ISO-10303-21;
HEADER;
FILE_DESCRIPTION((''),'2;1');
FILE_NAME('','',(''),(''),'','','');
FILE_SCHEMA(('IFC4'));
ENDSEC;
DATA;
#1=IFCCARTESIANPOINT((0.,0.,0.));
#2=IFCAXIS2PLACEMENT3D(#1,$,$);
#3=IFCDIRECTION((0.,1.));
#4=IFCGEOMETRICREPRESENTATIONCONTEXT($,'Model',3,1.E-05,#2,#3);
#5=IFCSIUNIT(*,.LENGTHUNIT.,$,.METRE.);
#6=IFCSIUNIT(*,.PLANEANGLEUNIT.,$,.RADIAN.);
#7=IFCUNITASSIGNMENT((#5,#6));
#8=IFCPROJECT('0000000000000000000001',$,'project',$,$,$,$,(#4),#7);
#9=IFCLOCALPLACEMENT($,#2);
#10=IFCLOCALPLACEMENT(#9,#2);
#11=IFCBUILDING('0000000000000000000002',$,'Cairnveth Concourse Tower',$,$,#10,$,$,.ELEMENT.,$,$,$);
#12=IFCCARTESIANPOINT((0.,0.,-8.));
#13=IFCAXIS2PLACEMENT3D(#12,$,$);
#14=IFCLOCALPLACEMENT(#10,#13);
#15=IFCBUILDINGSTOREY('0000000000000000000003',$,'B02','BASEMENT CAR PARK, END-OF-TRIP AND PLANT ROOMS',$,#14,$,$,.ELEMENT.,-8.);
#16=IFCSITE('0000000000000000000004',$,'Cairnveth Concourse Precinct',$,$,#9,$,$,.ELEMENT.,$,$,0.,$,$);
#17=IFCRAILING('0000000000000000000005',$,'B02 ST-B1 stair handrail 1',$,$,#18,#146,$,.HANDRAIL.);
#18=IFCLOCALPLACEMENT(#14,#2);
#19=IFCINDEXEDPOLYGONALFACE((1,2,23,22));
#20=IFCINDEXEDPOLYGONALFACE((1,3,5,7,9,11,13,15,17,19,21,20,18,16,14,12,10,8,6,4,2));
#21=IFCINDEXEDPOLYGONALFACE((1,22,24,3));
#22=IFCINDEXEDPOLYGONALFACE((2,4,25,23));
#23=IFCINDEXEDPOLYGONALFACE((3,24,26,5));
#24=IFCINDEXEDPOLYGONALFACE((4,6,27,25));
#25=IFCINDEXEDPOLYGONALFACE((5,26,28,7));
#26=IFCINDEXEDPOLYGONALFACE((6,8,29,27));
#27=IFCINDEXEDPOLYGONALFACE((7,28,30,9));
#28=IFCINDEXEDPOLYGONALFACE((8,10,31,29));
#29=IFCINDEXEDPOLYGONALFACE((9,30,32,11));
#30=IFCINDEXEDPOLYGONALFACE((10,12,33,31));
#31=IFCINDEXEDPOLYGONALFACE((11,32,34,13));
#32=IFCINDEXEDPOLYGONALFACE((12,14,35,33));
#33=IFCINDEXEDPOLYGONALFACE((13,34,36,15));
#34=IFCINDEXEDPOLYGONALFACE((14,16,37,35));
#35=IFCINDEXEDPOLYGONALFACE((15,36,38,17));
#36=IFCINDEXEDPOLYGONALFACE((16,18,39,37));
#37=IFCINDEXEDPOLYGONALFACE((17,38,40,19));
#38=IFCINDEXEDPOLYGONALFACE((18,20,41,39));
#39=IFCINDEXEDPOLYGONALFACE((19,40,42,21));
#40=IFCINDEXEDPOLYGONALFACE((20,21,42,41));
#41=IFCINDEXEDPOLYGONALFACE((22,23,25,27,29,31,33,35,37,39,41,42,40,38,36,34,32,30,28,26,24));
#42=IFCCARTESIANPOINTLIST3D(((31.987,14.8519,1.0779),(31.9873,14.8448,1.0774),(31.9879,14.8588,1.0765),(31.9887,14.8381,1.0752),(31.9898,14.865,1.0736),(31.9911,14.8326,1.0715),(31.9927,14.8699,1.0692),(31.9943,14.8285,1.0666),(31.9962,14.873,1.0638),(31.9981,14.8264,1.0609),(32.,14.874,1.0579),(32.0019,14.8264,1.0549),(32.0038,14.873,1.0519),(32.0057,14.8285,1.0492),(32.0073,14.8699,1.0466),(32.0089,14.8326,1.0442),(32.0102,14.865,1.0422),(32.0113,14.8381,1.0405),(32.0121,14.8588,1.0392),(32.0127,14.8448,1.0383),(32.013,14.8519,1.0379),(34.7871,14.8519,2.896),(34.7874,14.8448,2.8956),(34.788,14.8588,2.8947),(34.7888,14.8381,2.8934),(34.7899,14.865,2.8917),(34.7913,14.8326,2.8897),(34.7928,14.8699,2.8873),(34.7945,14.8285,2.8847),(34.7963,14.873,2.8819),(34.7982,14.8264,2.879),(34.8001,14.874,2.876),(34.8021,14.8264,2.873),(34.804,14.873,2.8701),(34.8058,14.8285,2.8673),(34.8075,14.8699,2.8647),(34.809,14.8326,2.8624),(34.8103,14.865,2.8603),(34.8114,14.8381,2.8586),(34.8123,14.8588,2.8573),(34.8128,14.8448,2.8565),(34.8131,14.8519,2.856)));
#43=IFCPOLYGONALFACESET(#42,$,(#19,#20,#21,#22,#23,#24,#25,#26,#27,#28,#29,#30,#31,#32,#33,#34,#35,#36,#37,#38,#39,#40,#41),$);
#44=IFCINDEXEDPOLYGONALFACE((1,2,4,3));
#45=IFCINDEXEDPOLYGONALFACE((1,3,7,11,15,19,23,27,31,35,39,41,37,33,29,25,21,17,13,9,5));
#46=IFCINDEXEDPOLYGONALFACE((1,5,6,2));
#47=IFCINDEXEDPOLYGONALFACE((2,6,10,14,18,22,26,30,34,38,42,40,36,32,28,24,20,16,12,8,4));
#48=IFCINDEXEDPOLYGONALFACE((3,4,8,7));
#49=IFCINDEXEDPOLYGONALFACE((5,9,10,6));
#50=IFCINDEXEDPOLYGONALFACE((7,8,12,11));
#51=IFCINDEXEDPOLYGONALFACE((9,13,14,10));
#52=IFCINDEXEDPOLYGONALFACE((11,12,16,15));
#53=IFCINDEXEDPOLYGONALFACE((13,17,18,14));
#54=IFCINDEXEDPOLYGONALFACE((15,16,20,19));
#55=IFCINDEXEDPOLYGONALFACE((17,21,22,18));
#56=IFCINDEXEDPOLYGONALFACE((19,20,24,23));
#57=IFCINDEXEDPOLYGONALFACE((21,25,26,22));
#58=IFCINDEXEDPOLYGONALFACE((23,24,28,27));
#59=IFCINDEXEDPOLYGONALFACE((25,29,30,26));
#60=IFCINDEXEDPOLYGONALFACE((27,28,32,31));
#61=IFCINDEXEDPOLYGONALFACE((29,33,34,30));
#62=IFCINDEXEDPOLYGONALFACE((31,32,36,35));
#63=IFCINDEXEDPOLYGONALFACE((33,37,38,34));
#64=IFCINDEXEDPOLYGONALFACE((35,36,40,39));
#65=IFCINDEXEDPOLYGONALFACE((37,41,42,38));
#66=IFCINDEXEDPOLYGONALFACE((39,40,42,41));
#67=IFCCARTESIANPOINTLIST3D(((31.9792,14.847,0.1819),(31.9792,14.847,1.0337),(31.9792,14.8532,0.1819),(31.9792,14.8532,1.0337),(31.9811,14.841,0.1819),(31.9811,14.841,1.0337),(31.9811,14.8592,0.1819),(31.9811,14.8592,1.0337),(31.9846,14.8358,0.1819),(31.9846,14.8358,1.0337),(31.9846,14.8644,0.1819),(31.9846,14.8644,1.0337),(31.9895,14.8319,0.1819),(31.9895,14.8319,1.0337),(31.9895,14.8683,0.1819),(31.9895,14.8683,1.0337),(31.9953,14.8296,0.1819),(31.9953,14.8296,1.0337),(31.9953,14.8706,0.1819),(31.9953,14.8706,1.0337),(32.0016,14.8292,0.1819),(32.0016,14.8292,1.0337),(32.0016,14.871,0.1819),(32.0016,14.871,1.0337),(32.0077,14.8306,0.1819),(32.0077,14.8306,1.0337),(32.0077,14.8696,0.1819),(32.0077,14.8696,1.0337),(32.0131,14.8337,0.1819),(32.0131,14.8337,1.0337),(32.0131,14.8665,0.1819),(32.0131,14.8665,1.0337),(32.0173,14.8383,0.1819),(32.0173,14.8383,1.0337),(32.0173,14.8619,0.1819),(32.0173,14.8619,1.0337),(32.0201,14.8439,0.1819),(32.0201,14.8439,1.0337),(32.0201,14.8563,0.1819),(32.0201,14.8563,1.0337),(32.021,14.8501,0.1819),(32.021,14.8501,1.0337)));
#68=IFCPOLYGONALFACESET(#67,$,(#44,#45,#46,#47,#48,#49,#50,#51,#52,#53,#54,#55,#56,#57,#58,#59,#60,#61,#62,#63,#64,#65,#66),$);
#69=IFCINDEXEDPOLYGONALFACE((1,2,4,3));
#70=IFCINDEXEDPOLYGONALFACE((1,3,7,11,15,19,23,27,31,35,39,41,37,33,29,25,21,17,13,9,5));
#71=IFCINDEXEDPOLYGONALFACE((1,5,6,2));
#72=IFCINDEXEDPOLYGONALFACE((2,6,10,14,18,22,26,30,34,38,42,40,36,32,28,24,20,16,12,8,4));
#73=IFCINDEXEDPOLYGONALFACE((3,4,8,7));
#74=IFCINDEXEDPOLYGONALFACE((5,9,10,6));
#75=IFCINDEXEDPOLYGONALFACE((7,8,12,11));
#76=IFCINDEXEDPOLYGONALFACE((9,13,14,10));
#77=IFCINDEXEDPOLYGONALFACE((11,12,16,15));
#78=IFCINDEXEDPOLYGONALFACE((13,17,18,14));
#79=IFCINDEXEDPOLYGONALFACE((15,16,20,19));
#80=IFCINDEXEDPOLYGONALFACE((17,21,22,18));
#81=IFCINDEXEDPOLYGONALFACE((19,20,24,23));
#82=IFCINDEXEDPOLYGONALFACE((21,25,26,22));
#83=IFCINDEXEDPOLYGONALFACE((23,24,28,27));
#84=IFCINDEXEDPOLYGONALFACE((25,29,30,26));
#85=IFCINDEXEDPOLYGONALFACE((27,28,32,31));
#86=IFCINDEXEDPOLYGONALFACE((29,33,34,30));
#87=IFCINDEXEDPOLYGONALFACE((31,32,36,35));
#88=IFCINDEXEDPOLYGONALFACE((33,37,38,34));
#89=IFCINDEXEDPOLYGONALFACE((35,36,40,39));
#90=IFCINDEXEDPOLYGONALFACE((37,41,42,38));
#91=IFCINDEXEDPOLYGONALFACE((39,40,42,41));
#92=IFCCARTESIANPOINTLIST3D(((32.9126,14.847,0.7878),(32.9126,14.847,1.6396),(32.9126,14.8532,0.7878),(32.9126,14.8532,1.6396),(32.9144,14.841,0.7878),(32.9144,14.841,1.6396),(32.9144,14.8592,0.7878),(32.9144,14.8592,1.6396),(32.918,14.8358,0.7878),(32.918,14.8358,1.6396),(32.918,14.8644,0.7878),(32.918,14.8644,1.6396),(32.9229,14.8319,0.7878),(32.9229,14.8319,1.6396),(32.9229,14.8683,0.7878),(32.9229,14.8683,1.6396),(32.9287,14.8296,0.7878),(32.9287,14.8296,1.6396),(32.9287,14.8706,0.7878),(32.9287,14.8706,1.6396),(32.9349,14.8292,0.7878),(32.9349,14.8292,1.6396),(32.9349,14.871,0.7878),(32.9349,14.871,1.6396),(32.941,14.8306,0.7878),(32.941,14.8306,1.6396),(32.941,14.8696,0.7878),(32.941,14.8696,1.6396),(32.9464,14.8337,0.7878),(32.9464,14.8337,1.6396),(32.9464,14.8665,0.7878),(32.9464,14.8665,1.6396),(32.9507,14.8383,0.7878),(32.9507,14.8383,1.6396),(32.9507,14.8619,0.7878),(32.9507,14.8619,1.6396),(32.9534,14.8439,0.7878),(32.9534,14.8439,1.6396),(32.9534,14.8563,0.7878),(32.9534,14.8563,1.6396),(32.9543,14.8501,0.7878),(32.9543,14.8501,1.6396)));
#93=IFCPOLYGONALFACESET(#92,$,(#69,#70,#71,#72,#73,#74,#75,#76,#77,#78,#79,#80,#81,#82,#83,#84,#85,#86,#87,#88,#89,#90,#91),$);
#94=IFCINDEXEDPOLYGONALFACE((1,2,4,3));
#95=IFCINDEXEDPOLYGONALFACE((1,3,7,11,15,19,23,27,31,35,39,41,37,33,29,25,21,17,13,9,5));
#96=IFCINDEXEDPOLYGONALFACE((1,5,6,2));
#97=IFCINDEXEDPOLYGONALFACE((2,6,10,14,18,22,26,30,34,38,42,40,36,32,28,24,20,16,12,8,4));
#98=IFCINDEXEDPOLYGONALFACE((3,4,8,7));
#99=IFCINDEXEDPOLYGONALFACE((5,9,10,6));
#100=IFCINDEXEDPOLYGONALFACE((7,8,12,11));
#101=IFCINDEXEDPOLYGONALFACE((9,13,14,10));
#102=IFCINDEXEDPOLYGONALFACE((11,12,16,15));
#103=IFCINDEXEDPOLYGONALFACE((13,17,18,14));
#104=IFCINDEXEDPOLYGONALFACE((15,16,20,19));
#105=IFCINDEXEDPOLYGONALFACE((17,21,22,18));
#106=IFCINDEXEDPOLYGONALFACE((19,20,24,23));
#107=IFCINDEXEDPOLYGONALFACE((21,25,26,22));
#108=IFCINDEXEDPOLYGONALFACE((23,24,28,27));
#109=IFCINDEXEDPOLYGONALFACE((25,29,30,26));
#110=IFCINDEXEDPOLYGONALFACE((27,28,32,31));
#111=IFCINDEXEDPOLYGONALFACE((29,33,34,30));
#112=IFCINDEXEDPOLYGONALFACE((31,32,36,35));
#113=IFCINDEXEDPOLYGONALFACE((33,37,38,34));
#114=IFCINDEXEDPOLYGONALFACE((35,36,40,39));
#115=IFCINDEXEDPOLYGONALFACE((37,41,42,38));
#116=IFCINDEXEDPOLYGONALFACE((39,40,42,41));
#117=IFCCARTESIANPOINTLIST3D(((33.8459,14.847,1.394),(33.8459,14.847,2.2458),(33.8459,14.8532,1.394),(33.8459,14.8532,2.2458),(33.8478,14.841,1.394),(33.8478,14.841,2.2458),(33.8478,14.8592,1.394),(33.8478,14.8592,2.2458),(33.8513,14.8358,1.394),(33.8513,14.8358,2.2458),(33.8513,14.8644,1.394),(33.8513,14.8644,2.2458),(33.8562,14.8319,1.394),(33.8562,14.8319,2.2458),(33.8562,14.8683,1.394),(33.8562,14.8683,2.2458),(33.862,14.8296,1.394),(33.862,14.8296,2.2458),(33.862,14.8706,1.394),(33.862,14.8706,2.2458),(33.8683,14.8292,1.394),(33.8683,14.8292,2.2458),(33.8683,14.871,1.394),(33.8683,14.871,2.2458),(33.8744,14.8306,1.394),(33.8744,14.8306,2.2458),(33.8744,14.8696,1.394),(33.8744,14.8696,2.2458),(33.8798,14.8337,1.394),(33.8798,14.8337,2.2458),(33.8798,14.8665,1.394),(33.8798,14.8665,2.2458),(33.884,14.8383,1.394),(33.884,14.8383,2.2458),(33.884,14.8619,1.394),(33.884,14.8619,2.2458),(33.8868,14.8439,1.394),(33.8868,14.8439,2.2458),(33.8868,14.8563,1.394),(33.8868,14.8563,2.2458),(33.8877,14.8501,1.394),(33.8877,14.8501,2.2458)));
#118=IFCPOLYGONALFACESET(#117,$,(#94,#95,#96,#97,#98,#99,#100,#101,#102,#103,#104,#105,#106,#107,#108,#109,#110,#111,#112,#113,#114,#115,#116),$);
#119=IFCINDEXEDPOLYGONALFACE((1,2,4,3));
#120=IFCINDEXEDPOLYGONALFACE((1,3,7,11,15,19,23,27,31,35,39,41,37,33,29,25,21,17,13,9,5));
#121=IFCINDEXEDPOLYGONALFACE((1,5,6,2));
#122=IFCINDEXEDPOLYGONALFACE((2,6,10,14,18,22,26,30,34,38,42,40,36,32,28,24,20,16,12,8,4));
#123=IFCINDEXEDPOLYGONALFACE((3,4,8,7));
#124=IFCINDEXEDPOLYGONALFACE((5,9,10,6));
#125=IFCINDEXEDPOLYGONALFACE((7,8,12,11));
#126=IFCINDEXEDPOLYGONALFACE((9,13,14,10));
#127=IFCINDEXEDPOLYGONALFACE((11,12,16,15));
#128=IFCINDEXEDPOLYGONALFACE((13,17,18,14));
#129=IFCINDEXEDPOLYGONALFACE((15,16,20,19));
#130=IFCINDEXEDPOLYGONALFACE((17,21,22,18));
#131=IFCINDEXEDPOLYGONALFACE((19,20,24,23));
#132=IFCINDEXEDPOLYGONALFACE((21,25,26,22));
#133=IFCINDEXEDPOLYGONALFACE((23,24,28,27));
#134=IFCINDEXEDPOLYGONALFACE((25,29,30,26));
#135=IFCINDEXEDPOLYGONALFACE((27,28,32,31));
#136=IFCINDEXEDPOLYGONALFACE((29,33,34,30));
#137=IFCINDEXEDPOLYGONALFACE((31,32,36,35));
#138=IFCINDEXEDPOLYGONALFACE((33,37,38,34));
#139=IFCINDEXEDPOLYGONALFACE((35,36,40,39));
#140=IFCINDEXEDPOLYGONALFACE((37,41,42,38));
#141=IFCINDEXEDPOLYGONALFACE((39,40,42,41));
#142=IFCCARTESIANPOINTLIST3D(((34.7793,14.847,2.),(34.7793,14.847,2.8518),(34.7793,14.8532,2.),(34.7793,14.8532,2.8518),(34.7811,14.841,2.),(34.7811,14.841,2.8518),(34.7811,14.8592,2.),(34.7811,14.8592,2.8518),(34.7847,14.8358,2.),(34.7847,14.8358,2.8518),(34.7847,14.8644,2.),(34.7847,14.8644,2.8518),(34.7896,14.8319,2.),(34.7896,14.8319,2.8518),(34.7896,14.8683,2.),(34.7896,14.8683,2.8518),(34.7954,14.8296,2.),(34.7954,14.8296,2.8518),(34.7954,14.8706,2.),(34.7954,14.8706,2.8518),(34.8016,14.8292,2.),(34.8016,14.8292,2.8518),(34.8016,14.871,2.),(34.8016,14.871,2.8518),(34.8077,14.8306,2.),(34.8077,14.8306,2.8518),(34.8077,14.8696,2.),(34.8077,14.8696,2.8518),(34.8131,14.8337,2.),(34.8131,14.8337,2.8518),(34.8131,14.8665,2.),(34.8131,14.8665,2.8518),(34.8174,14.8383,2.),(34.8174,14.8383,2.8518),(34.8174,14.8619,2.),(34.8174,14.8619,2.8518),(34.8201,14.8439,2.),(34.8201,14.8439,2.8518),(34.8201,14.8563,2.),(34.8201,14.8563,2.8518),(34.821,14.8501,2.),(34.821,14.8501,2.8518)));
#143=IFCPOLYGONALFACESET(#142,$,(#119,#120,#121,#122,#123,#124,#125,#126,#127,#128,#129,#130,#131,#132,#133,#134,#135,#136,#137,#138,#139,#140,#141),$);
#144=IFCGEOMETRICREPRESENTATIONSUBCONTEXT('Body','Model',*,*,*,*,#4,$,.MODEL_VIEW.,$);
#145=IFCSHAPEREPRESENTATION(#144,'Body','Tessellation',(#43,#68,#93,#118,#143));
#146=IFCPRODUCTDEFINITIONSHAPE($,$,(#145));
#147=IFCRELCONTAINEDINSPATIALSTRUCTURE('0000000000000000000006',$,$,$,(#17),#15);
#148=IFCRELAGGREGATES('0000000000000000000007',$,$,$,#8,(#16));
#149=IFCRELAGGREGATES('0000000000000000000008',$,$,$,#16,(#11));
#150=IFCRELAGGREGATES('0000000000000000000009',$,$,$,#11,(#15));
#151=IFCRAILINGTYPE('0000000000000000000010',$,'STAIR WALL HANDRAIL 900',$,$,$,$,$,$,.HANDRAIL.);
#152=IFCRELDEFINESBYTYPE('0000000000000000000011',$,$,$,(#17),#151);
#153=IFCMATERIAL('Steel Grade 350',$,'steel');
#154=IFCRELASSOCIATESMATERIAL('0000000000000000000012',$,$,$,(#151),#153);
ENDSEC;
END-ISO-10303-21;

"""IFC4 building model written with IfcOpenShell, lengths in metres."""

from ifc_helpers import new_model, si_unit, direction, frame, origin, origin_2d, place, context, subcontext, project, spatial, circle, extrude, material, type_object, element, save


model = new_model("IFC4")

# Units and contexts
model_context = context("Model", 3, precision=1e-05, world=origin(), true_north=direction((0.0, 1.0)))
body_context = subcontext(model_context, "Body", "Model", "MODEL_VIEW")
ifc_project = project(units=[si_unit("LENGTHUNIT", "METRE"), si_unit("PLANEANGLEUNIT", "RADIAN")], contexts=[model_context])

# Site, building, storey
site_placement = place(None, origin())
site = spatial("IfcSite", under=ifc_project, at=site_placement, Name="Cairnveth Concourse Precinct", CompositionType="ELEMENT", RefElevation=0.0)
building_placement = place(site_placement, origin())
building = spatial("IfcBuilding", under=site, at=building_placement, Name="Cairnveth Concourse Tower", CompositionType="ELEMENT")
storey_placement = place(building_placement, frame((0.0, 0.0, -8.0)))
storey = spatial("IfcBuildingStorey", under=building, at=storey_placement, Name="B02", Description="BASEMENT CAR PARK, END-OF-TRIP AND PLANT ROOMS", CompositionType="ELEMENT", Elevation=-8.0)

# Shared definitions
ifc_material_1 = material(Name="Steel Grade 350", Category="steel")

# Railing
railing_type_1 = type_object("IfcRailingType", Name="STAIR WALL HANDRAIL 900", PredefinedType="HANDRAIL", material=ifc_material_1)
railing_1_placement = place(storey_placement, frame((32.0, 14.8501, 0.1819)))
element("IfcRailing", 1, at=railing_1_placement, inside=storey, type_object=railing_type_1, Name="B02 ST-B1 stair handrail 1", PredefinedType="HANDRAIL", context=body_context, shape_type="SweptSolid", body=[
    extrude(circle(Radius=0.0239, at=origin_2d()), frame((0.0, 0.0, 0.876), z_axis=(0.838706, 0.0, 0.544585), x_axis=(0.0, 1.0, 0.0)), (0.0, 0.0, 1.0), 3.3386),
    extrude(circle(Radius=0.021, at=origin_2d()), origin(), (0.0, 0.0, 1.0), 0.8518),
    extrude(circle(Radius=0.021, at=origin_2d()), frame((0.9333, 0.0, 0.606)), (0.0, 0.0, 1.0), 0.8518),
    extrude(circle(Radius=0.021, at=origin_2d()), frame((1.8667, 0.0, 1.2122)), (0.0, 0.0, 1.0), 0.8518),
    extrude(circle(Radius=0.021, at=origin_2d()), frame((2.8, 0.0, 1.8181)), (0.0, 0.0, 1.0), 0.8518),
])

save(model, "model.ifc")
